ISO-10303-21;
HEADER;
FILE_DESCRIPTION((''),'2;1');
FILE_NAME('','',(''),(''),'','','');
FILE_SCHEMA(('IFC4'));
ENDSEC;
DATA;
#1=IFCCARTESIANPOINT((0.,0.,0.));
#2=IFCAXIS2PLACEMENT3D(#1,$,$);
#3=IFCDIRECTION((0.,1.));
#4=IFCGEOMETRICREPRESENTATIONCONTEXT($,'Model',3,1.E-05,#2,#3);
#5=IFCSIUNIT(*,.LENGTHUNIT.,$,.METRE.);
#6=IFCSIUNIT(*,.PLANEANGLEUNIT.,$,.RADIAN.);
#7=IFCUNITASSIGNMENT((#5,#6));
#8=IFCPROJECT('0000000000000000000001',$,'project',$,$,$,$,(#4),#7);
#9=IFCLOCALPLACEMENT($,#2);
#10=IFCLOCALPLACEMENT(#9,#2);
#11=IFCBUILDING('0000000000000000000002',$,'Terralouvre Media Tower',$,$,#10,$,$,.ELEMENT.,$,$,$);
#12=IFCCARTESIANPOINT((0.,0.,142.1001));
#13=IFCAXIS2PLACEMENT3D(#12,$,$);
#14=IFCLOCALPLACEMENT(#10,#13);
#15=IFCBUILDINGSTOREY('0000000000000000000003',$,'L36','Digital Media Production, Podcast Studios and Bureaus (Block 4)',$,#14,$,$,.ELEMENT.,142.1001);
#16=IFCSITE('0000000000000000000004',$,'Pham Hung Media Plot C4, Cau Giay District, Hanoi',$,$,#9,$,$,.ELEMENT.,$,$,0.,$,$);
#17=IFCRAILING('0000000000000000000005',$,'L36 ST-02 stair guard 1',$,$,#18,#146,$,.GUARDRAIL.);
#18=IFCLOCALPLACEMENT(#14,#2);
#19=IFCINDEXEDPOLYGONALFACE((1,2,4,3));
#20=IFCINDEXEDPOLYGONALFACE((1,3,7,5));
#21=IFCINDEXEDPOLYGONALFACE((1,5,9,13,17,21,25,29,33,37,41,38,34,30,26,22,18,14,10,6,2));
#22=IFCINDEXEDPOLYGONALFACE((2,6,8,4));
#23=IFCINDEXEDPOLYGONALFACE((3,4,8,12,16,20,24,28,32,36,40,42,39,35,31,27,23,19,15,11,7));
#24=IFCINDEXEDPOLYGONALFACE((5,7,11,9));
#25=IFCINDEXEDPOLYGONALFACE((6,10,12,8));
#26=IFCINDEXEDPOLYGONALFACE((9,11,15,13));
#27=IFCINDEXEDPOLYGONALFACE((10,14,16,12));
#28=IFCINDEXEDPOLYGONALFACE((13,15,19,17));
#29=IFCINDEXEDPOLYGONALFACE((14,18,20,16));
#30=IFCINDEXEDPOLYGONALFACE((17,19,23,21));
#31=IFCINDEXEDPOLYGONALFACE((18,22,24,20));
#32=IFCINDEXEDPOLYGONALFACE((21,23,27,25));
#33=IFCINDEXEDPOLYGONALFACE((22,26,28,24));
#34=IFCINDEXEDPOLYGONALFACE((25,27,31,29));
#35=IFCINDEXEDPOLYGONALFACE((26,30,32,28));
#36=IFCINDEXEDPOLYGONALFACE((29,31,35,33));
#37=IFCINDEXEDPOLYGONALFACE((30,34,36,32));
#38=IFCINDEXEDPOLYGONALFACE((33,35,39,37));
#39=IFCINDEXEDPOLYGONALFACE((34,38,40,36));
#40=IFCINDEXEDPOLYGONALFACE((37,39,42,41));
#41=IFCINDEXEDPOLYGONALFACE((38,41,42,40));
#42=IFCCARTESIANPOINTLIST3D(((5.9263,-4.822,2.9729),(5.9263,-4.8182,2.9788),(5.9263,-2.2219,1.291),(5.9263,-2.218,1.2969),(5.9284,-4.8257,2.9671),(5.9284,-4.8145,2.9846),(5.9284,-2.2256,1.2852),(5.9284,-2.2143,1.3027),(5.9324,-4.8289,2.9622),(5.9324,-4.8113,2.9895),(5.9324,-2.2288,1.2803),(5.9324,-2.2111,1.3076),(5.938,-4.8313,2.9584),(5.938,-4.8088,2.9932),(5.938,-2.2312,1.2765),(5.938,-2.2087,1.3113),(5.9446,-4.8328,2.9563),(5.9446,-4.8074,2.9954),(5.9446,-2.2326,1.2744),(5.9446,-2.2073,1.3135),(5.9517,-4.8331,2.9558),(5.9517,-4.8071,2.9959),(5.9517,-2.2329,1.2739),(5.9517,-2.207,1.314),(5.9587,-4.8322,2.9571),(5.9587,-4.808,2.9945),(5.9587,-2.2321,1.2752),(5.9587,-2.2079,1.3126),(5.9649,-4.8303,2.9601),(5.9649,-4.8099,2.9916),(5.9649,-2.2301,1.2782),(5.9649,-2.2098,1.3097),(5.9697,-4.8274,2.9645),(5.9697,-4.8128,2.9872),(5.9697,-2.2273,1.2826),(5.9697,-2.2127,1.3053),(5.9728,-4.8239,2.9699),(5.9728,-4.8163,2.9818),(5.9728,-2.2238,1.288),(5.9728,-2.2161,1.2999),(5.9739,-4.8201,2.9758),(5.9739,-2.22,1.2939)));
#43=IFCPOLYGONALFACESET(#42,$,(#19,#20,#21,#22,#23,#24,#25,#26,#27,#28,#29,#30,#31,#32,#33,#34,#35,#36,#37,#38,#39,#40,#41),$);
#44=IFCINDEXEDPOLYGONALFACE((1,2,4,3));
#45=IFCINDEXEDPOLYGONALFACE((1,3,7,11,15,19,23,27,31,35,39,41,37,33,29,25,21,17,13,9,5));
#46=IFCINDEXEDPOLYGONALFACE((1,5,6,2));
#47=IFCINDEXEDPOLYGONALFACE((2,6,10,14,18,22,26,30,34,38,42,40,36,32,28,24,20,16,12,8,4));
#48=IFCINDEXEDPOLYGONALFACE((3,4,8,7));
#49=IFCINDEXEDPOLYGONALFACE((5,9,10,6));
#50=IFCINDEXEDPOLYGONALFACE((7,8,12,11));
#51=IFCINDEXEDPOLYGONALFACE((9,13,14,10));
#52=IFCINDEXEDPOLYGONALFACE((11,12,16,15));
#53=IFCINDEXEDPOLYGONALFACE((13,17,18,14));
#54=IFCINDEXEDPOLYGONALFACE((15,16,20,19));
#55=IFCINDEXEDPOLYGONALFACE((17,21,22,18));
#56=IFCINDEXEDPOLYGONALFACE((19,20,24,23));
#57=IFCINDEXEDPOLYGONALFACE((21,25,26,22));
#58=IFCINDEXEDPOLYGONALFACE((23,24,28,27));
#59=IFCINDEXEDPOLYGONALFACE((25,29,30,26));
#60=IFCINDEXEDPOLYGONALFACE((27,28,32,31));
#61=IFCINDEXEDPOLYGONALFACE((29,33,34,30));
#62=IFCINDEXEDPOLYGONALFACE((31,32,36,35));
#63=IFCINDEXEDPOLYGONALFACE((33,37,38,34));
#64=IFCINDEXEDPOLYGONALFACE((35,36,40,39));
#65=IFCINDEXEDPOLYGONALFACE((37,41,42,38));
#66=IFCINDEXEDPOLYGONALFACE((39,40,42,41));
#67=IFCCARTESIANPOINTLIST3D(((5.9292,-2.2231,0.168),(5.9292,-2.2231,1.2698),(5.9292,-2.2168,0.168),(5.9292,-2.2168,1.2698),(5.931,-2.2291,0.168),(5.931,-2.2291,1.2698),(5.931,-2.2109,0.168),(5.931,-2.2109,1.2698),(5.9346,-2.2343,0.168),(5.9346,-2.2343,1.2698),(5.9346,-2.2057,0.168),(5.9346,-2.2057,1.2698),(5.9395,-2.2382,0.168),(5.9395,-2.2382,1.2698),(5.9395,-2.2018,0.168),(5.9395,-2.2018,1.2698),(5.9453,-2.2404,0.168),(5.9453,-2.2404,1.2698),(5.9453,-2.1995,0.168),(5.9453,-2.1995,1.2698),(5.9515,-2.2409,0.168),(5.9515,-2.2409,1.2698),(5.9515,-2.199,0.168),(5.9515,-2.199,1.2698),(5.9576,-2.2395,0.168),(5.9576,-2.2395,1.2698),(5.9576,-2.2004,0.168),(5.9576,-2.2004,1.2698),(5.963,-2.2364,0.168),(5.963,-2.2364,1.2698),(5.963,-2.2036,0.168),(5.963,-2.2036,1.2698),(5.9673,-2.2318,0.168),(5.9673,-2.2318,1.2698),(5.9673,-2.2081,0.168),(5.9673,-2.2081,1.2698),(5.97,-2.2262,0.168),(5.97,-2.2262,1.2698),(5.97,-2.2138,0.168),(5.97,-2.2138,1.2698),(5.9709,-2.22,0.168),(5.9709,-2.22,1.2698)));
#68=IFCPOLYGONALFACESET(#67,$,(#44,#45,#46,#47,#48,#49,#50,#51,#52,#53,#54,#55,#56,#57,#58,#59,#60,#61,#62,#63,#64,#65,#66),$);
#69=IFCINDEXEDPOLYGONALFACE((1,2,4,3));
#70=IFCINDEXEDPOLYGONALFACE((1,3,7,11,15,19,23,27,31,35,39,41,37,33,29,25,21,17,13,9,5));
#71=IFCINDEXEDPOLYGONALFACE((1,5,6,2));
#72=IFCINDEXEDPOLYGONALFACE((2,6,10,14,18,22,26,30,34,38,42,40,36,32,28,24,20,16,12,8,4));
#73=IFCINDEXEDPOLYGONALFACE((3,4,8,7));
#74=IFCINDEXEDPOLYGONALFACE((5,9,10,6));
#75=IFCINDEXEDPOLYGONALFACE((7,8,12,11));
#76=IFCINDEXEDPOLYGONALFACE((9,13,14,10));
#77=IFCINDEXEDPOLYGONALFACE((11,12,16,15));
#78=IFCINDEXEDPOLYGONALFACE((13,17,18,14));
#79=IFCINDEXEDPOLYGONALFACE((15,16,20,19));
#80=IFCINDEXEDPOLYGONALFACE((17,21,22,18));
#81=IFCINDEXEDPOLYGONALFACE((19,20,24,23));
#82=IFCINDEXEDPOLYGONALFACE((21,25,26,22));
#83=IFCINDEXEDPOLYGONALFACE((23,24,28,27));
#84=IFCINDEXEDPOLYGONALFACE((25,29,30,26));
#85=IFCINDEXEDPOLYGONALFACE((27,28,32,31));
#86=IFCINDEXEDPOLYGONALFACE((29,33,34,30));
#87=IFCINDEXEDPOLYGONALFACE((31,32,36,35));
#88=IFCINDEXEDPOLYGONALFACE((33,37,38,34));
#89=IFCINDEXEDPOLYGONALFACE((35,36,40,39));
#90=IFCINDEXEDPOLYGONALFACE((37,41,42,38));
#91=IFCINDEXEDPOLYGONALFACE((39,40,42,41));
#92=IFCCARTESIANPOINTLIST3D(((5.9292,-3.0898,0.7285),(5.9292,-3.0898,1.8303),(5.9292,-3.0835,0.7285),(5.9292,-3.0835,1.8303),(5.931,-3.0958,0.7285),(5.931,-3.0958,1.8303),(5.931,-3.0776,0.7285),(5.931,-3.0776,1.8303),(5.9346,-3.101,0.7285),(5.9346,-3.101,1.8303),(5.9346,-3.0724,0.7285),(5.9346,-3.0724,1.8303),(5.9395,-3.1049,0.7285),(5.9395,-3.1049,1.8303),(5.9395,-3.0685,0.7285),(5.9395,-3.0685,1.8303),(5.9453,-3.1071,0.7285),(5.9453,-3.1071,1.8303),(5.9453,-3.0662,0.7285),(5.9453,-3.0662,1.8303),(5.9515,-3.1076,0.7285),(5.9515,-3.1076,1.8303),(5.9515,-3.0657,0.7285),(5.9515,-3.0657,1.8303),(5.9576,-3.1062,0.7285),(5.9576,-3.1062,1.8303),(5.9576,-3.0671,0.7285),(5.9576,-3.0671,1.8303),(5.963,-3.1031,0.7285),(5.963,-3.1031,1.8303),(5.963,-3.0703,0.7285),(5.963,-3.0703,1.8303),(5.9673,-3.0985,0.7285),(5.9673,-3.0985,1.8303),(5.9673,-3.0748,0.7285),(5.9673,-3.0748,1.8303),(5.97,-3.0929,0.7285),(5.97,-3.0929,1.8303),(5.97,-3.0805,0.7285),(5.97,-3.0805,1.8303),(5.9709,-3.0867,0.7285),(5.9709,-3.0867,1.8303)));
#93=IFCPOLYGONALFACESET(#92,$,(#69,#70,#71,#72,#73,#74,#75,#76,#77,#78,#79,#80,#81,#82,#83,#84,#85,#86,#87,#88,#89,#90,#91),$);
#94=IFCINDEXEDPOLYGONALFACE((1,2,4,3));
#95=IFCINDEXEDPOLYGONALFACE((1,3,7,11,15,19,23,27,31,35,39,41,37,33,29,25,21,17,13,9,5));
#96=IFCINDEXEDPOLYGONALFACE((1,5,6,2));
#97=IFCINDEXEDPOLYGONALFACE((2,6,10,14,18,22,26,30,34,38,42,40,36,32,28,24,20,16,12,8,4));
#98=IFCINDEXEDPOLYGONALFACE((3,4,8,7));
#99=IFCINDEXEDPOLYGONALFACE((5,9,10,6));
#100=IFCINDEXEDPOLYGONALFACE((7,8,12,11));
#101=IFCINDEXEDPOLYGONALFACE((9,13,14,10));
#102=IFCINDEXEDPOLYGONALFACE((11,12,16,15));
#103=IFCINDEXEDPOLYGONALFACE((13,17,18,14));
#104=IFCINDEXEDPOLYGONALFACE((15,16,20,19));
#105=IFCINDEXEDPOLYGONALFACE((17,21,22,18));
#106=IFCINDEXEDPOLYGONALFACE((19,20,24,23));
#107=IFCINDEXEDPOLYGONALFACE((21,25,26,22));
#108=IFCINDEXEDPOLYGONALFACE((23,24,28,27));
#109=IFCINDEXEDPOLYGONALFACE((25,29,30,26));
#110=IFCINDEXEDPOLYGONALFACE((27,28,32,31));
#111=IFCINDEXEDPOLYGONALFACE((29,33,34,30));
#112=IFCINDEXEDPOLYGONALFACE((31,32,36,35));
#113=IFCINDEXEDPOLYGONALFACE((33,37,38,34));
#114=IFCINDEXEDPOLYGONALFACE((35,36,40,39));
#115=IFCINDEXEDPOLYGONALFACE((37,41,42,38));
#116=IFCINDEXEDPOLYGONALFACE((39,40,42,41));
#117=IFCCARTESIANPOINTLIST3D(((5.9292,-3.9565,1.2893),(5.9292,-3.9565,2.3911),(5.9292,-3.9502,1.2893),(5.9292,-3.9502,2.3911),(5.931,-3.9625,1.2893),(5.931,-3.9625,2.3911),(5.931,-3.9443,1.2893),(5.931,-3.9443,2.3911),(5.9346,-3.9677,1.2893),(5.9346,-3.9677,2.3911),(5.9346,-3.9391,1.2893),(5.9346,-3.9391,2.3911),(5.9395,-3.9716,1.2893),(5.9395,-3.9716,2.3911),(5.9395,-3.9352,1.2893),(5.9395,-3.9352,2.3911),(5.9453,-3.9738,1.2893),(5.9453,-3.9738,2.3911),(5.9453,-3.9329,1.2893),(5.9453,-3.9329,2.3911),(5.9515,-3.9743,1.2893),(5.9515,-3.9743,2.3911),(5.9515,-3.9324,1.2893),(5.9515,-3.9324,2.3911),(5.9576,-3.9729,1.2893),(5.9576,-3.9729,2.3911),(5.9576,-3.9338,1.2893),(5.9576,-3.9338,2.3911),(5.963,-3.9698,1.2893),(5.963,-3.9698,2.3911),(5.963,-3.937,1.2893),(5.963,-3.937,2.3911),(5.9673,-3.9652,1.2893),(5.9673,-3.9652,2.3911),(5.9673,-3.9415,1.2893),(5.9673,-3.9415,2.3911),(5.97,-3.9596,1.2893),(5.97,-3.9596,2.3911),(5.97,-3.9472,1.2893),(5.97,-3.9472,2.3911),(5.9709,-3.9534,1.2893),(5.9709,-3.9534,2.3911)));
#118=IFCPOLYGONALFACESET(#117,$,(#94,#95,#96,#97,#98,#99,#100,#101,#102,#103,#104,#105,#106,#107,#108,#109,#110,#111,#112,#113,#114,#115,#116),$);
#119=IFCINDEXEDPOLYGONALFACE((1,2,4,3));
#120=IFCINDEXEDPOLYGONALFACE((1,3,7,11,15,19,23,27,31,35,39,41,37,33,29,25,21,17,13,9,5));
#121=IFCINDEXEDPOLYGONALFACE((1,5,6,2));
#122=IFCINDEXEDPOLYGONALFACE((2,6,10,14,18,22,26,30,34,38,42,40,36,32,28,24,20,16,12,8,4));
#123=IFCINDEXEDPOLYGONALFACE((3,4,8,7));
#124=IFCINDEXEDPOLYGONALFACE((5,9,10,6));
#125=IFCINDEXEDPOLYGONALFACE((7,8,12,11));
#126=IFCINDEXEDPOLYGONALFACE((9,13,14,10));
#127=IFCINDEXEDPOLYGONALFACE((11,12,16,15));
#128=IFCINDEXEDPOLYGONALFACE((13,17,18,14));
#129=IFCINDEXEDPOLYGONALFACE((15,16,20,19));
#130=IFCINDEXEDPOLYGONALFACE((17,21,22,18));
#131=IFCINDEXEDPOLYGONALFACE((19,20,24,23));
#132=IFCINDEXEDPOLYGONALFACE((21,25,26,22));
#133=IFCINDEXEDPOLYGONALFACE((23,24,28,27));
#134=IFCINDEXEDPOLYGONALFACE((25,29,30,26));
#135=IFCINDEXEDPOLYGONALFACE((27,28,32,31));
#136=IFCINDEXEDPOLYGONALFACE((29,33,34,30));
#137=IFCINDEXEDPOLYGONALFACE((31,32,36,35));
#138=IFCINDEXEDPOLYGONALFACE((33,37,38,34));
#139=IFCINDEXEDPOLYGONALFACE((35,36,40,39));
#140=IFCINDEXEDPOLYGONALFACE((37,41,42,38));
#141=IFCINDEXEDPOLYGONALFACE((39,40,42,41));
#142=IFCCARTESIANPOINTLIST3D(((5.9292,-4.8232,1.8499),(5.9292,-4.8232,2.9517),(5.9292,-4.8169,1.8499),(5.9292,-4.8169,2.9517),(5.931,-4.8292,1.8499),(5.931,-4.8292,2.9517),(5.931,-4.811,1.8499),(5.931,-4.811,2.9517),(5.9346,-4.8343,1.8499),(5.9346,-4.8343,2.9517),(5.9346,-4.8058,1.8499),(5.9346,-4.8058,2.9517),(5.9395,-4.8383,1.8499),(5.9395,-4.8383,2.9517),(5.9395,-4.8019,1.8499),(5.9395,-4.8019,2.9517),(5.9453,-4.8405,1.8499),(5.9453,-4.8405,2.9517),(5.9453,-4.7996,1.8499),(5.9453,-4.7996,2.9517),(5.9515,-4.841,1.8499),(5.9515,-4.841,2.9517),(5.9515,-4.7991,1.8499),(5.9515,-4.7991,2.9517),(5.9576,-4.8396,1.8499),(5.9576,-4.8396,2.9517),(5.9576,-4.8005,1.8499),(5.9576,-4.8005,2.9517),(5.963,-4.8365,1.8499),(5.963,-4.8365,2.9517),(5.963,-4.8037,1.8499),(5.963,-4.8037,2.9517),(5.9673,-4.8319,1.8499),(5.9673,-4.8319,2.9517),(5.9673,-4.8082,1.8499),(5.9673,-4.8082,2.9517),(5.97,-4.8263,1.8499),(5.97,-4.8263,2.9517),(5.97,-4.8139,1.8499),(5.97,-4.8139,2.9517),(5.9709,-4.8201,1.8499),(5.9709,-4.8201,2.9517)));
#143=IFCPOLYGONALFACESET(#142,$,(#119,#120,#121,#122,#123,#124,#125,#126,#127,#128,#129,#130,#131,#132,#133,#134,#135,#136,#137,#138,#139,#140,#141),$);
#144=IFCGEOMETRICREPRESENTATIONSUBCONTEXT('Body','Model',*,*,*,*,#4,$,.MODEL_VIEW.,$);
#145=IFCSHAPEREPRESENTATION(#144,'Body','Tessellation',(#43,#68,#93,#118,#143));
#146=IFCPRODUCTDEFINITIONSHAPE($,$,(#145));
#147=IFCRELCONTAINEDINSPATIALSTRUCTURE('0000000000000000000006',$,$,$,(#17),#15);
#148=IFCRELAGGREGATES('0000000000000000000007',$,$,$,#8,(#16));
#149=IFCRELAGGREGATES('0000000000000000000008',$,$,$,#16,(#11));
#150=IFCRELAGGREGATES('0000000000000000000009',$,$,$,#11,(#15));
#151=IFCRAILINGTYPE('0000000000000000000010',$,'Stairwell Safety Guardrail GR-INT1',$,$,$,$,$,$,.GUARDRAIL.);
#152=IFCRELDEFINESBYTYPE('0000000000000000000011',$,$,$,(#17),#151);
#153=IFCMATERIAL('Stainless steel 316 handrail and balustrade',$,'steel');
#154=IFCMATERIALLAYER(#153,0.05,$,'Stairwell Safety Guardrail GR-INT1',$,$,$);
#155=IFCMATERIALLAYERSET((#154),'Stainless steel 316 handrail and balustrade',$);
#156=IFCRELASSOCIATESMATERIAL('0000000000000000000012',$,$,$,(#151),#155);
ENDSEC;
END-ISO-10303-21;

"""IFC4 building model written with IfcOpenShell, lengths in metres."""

from ifc_helpers import new_model, si_unit, direction, frame, origin, origin_2d, place, context, subcontext, project, spatial, circle, extrude, material, layer, layer_set, type_object, element, save


model = new_model("IFC4")

# Units and contexts
model_context = context("Model", 3, precision=1e-05, world=origin(), true_north=direction((0.0, 1.0)))
body_context = subcontext(model_context, "Body", "Model", "MODEL_VIEW")
ifc_project = project(units=[si_unit("LENGTHUNIT", "METRE"), si_unit("PLANEANGLEUNIT", "RADIAN")], contexts=[model_context])

# Site, building, storey
site_placement = place(None, origin())
site = spatial("IfcSite", under=ifc_project, at=site_placement, Name="Pham Hung Media Plot C4, Cau Giay District, Hanoi", CompositionType="ELEMENT", RefElevation=0.0)
building_placement = place(site_placement, origin())
building = spatial("IfcBuilding", under=site, at=building_placement, Name="Terralouvre Media Tower", CompositionType="ELEMENT")
storey_placement = place(building_placement, frame((0.0, 0.0, 142.1001)))
storey = spatial("IfcBuildingStorey", under=building, at=storey_placement, Name="L36", Description="Digital Media Production, Podcast Studios and Bureaus (Block 4)", CompositionType="ELEMENT", Elevation=142.1001)

# Railing
ifc_material_1 = material(Name="Stainless steel 316 handrail and balustrade", Category="steel")
ifc_layer_1 = layer(ifc_material_1, 0.05, Name="Stairwell Safety Guardrail GR-INT1")
ifc_layer_set_1 = layer_set([ifc_layer_1], Name="Stainless steel 316 handrail and balustrade")
railing_type_1 = type_object("IfcRailingType", Name="Stairwell Safety Guardrail GR-INT1", PredefinedType="GUARDRAIL", material=ifc_layer_set_1)
railing_1_placement = place(storey_placement, frame((5.95, -2.22, 0.168)))
element("IfcRailing", 1, at=railing_1_placement, inside=storey, type_object=railing_type_1, Name="L36 ST-02 stair guard 1", PredefinedType="GUARDRAIL", context=body_context, shape_type="SweptSolid", body=[
    extrude(circle(Radius=0.0239, at=origin_2d()), frame((0.0, 0.0, 1.126), z_axis=(0.0, -0.839648, 0.54313), x_axis=(1.0, 0.0, 0.0)), (0.0, 0.0, 1.0), 3.0967),
    extrude(circle(Radius=0.021, at=origin_2d()), origin(), (0.0, 0.0, 1.0), 1.1018),
    extrude(circle(Radius=0.021, at=origin_2d()), frame((0.0, -0.8667, 0.5605)), (0.0, 0.0, 1.0), 1.1018),
    extrude(circle(Radius=0.021, at=origin_2d()), frame((0.0, -1.7334, 1.1213)), (0.0, 0.0, 1.0), 1.1018),
    extrude(circle(Radius=0.021, at=origin_2d()), frame((0.0, -2.6001, 1.6819)), (0.0, 0.0, 1.0), 1.1018),
])

save(model, "model.ifc")
